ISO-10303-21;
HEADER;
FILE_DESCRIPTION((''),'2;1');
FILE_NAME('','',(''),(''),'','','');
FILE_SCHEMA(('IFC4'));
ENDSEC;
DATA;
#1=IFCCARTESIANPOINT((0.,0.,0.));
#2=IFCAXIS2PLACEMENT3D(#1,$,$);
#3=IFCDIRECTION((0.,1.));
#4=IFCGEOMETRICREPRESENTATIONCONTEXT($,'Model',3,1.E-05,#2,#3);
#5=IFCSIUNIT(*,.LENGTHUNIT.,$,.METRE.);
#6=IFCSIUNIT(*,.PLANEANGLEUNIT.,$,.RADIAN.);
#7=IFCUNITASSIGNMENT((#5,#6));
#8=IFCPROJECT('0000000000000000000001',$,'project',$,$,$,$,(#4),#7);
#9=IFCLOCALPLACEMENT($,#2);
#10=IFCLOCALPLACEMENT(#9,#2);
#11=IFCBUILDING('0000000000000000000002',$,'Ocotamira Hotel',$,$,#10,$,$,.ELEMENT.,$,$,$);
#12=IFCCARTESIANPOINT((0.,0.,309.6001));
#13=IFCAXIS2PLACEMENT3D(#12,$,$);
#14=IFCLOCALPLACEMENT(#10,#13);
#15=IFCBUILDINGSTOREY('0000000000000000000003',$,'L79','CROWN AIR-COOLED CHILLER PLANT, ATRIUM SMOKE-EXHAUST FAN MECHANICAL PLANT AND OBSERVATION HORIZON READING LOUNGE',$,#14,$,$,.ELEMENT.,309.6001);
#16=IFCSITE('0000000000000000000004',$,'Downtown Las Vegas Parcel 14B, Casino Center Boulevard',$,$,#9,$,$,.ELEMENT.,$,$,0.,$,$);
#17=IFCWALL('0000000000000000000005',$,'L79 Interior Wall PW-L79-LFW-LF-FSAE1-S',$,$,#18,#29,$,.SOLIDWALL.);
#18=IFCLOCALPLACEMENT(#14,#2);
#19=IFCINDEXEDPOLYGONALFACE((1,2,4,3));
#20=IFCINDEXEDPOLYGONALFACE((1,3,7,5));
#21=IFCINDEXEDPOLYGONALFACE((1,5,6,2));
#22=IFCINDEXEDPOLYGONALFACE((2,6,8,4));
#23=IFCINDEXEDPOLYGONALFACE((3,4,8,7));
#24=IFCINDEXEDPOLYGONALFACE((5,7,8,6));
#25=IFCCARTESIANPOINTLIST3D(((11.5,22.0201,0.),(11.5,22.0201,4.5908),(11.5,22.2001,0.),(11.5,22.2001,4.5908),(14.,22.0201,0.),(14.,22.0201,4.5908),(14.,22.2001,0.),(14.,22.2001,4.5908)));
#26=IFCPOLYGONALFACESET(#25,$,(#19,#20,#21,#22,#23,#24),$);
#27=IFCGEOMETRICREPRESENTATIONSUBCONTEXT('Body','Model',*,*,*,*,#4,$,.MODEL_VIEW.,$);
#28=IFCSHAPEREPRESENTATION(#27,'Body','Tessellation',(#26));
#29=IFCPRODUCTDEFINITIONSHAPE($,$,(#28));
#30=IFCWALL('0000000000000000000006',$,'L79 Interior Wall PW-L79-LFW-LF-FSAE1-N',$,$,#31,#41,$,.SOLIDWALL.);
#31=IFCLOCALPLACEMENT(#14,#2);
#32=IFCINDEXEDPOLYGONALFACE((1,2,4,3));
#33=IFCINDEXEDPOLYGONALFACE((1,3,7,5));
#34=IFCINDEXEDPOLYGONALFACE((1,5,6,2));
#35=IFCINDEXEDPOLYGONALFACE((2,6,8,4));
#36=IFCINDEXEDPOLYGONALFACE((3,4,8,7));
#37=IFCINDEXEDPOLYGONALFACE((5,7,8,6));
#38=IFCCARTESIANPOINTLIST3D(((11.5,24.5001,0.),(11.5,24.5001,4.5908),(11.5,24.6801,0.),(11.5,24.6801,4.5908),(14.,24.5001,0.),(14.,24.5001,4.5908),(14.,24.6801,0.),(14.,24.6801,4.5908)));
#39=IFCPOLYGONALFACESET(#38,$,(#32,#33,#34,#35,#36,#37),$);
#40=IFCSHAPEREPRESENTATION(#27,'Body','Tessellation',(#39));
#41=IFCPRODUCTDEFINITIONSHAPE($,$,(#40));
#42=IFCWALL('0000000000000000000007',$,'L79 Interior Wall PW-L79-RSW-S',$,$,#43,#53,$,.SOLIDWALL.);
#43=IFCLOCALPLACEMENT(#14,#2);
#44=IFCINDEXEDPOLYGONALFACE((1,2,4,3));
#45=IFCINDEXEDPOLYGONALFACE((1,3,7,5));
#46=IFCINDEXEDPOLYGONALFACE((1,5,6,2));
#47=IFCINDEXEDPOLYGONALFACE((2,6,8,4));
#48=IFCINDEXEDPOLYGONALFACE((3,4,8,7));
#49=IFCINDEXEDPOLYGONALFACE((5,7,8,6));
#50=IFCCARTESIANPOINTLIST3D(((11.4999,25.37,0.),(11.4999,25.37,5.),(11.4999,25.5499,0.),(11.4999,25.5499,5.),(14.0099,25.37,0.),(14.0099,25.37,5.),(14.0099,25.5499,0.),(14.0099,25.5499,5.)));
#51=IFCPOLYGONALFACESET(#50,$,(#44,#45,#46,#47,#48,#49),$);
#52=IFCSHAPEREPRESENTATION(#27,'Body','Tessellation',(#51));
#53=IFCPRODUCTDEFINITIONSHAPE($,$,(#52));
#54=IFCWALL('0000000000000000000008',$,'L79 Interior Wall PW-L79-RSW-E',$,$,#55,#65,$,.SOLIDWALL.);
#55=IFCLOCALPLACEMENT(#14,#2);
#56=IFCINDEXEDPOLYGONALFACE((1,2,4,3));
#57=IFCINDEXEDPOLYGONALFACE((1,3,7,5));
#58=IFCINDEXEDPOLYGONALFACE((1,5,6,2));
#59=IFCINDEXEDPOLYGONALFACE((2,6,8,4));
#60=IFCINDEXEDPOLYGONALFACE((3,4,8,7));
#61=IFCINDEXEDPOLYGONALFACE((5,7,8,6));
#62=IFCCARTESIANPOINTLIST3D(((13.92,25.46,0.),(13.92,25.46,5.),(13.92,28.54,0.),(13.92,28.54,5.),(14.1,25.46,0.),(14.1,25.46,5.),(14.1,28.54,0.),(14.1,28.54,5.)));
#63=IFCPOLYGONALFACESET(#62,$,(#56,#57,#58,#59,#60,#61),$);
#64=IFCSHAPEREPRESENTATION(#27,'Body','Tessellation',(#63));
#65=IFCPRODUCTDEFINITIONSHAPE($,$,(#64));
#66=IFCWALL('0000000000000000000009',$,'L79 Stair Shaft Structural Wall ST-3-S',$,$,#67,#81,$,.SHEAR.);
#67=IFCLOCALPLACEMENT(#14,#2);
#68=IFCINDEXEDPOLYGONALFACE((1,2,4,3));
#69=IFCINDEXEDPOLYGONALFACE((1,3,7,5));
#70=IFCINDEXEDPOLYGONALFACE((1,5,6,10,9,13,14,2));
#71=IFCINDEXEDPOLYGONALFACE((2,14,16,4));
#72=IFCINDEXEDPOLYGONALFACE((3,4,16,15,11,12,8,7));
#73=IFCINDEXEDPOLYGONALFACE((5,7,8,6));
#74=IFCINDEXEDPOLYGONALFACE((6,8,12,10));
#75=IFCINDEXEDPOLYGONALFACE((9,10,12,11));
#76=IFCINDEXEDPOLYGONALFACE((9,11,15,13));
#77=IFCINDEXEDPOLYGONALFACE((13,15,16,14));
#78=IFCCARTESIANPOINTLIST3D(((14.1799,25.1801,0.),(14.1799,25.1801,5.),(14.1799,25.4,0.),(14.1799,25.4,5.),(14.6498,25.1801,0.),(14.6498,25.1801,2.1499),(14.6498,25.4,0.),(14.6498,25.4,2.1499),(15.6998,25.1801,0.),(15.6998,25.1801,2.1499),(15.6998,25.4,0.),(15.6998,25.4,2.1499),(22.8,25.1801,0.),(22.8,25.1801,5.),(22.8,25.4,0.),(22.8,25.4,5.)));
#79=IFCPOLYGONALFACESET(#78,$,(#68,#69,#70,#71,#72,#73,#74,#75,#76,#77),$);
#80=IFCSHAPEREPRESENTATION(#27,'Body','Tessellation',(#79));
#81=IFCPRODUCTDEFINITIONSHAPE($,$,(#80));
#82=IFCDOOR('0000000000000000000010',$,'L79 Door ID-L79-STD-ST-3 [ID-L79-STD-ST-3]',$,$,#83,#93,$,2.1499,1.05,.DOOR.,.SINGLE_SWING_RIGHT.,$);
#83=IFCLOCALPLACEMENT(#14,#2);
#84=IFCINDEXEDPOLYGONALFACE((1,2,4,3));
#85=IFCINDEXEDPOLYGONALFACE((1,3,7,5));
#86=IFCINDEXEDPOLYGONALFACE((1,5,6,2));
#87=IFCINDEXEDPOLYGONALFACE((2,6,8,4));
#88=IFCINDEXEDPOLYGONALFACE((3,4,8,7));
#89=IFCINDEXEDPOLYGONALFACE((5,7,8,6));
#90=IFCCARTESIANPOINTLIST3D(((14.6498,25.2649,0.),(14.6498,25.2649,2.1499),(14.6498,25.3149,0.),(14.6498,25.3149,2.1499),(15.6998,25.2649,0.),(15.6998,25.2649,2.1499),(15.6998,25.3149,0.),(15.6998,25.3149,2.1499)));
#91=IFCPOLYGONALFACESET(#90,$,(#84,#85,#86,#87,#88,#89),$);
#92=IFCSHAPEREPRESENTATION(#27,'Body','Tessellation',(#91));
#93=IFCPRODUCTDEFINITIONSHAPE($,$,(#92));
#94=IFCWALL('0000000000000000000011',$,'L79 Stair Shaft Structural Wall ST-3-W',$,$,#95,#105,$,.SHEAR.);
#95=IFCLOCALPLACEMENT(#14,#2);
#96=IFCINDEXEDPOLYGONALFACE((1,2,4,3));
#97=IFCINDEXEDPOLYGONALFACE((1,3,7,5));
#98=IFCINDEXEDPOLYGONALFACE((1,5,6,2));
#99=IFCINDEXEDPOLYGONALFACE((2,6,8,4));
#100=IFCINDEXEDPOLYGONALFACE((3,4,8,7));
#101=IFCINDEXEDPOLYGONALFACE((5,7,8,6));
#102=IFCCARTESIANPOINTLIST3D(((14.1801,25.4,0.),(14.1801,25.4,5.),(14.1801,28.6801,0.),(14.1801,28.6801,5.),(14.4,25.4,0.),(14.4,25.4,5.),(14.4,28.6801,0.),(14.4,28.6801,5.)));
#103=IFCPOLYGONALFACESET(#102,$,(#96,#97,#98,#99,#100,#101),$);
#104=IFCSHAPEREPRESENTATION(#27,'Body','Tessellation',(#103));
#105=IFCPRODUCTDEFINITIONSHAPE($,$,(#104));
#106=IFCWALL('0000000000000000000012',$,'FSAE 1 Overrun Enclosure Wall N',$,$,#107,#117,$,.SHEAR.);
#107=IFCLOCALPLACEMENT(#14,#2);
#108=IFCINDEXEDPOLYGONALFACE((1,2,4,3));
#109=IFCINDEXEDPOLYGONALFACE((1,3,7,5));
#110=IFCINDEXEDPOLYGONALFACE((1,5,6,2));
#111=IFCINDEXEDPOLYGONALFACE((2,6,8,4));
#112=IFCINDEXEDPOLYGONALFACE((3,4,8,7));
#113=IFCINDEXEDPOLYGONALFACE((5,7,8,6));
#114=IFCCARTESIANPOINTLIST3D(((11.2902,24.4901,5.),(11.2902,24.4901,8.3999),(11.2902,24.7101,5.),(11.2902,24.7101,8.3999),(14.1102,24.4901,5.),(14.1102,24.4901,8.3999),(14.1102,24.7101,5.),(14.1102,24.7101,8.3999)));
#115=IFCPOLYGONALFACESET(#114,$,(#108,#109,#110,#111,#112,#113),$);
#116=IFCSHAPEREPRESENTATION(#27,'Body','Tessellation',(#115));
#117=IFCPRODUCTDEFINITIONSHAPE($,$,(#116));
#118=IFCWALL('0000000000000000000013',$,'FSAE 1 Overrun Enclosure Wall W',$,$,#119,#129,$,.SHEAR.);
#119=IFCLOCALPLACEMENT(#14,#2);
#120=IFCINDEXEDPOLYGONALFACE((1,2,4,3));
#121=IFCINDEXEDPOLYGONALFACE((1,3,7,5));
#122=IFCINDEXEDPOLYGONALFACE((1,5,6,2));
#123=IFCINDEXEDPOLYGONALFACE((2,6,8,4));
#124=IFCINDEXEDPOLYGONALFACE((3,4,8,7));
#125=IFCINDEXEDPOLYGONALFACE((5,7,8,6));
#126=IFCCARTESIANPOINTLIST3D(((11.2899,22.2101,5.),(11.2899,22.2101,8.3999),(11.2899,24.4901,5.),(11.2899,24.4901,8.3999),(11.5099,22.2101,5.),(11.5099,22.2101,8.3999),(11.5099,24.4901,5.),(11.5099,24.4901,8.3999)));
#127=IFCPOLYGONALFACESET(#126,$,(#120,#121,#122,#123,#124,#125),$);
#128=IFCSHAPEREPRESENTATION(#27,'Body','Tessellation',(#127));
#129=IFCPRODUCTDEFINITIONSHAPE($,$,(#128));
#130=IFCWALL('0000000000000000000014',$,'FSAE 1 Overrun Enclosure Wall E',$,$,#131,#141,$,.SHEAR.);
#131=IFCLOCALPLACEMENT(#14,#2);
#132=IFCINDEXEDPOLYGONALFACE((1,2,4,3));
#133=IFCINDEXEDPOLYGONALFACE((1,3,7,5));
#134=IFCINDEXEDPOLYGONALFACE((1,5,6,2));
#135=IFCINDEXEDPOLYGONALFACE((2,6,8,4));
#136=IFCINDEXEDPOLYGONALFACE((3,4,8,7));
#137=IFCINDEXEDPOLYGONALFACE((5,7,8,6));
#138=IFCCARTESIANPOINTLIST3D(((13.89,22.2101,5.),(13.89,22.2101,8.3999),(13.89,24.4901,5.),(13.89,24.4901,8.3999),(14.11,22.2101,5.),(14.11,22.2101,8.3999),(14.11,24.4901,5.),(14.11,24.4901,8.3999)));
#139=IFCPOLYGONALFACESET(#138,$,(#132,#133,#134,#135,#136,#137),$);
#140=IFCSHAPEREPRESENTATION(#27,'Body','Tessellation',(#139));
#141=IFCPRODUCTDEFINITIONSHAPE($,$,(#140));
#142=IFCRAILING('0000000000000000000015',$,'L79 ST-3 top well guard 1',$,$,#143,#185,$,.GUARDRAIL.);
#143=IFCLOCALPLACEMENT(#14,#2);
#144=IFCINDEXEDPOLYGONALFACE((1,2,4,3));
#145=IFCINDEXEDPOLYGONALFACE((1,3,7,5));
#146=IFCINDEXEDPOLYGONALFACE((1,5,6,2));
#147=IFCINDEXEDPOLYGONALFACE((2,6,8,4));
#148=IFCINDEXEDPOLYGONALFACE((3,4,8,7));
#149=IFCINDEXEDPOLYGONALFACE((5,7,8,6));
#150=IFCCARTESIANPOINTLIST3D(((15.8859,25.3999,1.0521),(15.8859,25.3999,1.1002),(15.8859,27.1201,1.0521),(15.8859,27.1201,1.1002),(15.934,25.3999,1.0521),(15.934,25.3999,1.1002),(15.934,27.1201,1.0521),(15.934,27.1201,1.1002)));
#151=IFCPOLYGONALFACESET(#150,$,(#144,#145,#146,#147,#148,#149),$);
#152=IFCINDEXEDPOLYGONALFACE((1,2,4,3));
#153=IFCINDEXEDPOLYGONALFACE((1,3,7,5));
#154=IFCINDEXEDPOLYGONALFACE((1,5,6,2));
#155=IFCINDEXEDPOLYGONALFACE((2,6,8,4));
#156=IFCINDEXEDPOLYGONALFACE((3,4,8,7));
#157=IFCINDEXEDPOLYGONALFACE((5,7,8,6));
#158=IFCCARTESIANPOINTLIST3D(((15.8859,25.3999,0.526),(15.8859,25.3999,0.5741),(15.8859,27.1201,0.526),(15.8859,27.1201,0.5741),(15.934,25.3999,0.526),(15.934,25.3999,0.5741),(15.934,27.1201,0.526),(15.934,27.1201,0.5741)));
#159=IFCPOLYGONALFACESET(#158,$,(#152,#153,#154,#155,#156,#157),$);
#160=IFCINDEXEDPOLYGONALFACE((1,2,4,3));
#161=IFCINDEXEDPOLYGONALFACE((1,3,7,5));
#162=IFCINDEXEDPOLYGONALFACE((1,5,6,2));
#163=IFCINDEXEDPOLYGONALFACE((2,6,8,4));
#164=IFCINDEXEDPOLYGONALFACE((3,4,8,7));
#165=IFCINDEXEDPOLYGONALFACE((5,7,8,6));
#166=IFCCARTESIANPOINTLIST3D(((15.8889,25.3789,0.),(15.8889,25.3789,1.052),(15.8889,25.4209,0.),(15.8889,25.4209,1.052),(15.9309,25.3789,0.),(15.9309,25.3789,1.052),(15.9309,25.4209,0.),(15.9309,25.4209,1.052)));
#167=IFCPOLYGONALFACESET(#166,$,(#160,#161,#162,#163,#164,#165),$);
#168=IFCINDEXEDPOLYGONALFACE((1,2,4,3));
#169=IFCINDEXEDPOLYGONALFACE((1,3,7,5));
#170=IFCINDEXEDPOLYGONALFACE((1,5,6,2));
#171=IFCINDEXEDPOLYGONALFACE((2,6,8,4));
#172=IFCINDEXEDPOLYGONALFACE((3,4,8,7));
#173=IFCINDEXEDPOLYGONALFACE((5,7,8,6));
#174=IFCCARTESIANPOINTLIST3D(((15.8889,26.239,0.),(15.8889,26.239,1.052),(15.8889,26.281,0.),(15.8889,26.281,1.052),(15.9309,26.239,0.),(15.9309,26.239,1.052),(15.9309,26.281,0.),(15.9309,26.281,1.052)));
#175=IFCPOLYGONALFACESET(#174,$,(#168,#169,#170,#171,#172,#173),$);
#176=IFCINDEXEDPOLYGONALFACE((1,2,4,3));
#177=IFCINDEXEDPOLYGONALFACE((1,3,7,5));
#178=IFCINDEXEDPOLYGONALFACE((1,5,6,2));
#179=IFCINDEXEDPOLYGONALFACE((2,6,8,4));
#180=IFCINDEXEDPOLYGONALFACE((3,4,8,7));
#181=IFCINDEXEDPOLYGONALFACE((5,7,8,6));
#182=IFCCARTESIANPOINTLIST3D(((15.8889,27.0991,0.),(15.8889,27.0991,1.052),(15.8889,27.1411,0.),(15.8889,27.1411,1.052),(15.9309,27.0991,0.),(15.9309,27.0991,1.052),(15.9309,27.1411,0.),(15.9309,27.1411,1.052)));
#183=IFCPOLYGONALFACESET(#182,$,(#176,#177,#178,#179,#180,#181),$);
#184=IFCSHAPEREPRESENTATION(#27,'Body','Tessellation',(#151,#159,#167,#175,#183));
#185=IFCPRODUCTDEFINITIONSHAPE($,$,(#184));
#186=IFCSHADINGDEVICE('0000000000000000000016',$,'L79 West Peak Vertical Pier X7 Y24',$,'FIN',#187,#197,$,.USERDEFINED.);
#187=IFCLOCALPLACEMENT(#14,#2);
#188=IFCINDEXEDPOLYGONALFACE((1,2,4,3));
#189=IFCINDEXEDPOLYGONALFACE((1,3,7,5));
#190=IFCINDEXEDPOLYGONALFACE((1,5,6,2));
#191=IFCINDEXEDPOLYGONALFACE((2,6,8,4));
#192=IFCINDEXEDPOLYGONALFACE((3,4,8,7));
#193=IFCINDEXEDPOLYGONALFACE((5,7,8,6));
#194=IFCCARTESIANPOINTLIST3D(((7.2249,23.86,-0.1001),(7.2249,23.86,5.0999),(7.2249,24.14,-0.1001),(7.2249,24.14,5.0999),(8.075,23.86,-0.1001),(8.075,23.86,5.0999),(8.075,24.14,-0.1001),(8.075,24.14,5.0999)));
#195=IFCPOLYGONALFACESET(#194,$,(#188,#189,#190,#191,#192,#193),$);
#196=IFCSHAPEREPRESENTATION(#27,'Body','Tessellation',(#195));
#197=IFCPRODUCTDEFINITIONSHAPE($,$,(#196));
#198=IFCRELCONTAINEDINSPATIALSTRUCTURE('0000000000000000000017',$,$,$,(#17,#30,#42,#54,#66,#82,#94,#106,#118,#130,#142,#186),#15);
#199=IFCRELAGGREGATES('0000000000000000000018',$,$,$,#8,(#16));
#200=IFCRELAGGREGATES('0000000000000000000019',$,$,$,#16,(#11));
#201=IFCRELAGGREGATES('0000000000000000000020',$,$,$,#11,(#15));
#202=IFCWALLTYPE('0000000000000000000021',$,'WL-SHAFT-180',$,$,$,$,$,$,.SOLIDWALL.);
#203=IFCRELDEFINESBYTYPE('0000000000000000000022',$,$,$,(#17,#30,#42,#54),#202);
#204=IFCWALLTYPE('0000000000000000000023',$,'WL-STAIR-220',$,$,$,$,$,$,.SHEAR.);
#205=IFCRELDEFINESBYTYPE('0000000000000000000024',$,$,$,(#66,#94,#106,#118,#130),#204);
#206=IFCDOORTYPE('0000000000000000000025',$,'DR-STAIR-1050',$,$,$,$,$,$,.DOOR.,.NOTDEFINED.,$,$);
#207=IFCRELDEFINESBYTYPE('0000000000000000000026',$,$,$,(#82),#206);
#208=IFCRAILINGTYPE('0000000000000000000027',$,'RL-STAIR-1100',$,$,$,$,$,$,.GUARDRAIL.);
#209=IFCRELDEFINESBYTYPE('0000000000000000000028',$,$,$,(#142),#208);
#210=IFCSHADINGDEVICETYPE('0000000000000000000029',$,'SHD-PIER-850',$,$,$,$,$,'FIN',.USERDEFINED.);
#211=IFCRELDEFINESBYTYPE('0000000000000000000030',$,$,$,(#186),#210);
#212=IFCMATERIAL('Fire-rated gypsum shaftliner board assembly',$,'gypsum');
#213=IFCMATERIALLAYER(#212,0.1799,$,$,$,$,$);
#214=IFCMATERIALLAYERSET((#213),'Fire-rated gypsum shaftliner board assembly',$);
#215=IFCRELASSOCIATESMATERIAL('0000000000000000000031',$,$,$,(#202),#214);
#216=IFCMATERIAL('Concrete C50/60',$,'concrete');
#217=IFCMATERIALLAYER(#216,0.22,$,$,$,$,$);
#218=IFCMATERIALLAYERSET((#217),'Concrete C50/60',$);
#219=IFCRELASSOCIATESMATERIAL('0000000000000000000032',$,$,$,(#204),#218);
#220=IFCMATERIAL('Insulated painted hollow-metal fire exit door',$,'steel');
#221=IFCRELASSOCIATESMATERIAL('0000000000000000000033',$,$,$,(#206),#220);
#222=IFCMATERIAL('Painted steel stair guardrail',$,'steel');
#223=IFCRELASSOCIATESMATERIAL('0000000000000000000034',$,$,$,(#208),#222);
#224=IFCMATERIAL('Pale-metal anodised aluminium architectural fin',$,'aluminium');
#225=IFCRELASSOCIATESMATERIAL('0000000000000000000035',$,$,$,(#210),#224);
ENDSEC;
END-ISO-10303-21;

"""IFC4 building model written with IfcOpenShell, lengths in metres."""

from ifc_helpers import new_model, si_unit, direction, frame, frame_2d, origin, origin_2d, place, context, subcontext, project, spatial, rectangle, extrude, source, transform, mapped, material, layer, layer_set, type_object, element, fill, save


model = new_model("IFC4")

# Units and contexts
model_context = context("Model", 3, precision=1e-05, world=origin(), true_north=direction((0.0, 1.0)))
body_context = subcontext(model_context, "Body", "Model", "MODEL_VIEW")
ifc_project = project(units=[si_unit("LENGTHUNIT", "METRE"), si_unit("PLANEANGLEUNIT", "RADIAN")], contexts=[model_context])

# Site, building, storey
site_placement = place(None, origin())
site = spatial("IfcSite", under=ifc_project, at=site_placement, Name="Downtown Las Vegas Parcel 14B, Casino Center Boulevard", CompositionType="ELEMENT", RefElevation=0.0)
building_placement = place(site_placement, origin())
building = spatial("IfcBuilding", under=site, at=building_placement, Name="Ocotamira Hotel", CompositionType="ELEMENT")
storey_placement = place(building_placement, frame((0.0, 0.0, 309.6001)))
storey = spatial("IfcBuildingStorey", under=building, at=storey_placement, Name="L79", Description="CROWN AIR-COOLED CHILLER PLANT, ATRIUM SMOKE-EXHAUST FAN MECHANICAL PLANT AND OBSERVATION HORIZON READING LOUNGE", CompositionType="ELEMENT", Elevation=309.6001)

# Walls
ifc_material_1 = material(Name="Fire-rated gypsum shaftliner board assembly", Category="gypsum")
ifc_layer_1 = layer(ifc_material_1, 0.1799)
ifc_layer_set_1 = layer_set([ifc_layer_1], Name="Fire-rated gypsum shaftliner board assembly")
wall_type_1 = type_object("IfcWallType", Name="WL-SHAFT-180", PredefinedType="SOLIDWALL", material=ifc_layer_set_1)
for number, where, z_axis, x_axis, name in (
    (1, (11.5, 22.1101, 0.0), (0.0, 0.0, 1.0), (1.0, 0.0, 0.0), "L79 Interior Wall PW-L79-LFW-LF-FSAE1-S"),
    (2, (11.5, 24.5901, 0.0), (0.0, 0.0, 1.0), (1.0, 0.0, 0.0), "L79 Interior Wall PW-L79-LFW-LF-FSAE1-N"),
):
    element("IfcWall", number, at=place(storey_placement, frame(where, z_axis=z_axis, x_axis=x_axis)), inside=storey, type_object=wall_type_1, Name=name, PredefinedType="SOLIDWALL", context=body_context, shape_type="SweptSolid", body=[
        extrude(rectangle(XDim=2.5, YDim=0.1799, at=frame_2d((1.25, 0.0))), origin(), (0.0, 0.0, 1.0), 4.5908),
    ])
wall_1_placement = place(storey_placement, frame((11.5, 25.46, 0.0), z_axis=(0.0, 0.0, 1.0), x_axis=(1.0, 0.0, 0.0)))
element("IfcWall", 3, at=wall_1_placement, inside=storey, type_object=wall_type_1, Name="L79 Interior Wall PW-L79-RSW-S", PredefinedType="SOLIDWALL", context=body_context, shape_type="SweptSolid", body=[
    extrude(rectangle(XDim=2.51, YDim=0.1799, at=frame_2d((1.2549, 0.0))), origin(), (0.0, 0.0, 1.0), 5.0),
])
wall_2_placement = place(storey_placement, frame((14.01, 25.46, 0.0), z_axis=(0.0, 0.0, 1.0), x_axis=(0.0, 1.0, 0.0)))
element("IfcWall", 4, at=wall_2_placement, inside=storey, type_object=wall_type_1, Name="L79 Interior Wall PW-L79-RSW-E", PredefinedType="SOLIDWALL", context=body_context, shape_type="SweptSolid", body=[
    extrude(rectangle(XDim=3.0801, YDim=0.1799, at=frame_2d((1.54, 0.0))), origin(), (0.0, 0.0, 1.0), 5.0),
])

# Wall, opening, door
ifc_material_2 = material(Name="Concrete C50/60", Category="concrete")
ifc_layer_2 = layer(ifc_material_2, 0.22)
ifc_layer_set_2 = layer_set([ifc_layer_2], Name="Concrete C50/60")
wall_type_2 = type_object("IfcWallType", Name="WL-STAIR-220", PredefinedType="SHEAR", material=ifc_layer_set_2)
wall_3_placement = place(storey_placement, frame((14.1799, 25.29, 0.0), z_axis=(0.0, 0.0, 1.0), x_axis=(1.0, 0.0, 0.0)))
wall_3 = element("IfcWall", 5, at=wall_3_placement, inside=storey, type_object=wall_type_2, Name="L79 Stair Shaft Structural Wall ST-3-S", PredefinedType="SHEAR", context=body_context, shape_type="SweptSolid", body=[
    extrude(rectangle(XDim=8.6201, YDim=0.22, at=frame_2d((4.3101, 0.0))), origin(), (0.0, 0.0, 1.0), 5.0),
])
opening_placement = place(wall_3_placement, frame((0.47, 0.0, 0.0)))
opening = element("IfcOpeningElement", 6, at=opening_placement, cuts=wall_3, PredefinedType="OPENING", context=body_context, shape_type="SweptSolid", body=[
    extrude(rectangle(XDim=1.05, YDim=2.1499, at=frame_2d((0.5249, 1.075))), frame((0.0, 0.1201, 0.0), z_axis=(0.0, -1.0, 0.0), x_axis=(1.0, 0.0, 0.0)), (0.0, 0.0, 1.0), 0.24),
])
ifc_material_3 = material(Name="Insulated painted hollow-metal fire exit door", Category="steel")
door_type = type_object("IfcDoorType", Name="DR-STAIR-1050", OperationType="NOTDEFINED", PredefinedType="DOOR", material=ifc_material_3)
shared_shape_1 = source(origin(), body_context, "Body", "SweptSolid", [
    extrude(rectangle(XDim=1.05, YDim=2.1499, at=frame_2d((0.5249, 1.075))), frame((0.0, 0.0249, 0.0), z_axis=(0.0, -1.0, 0.0), x_axis=(1.0, 0.0, 0.0)), (0.0, 0.0, 1.0), 0.05),
])
door_placement = place(opening_placement, origin())
door = element("IfcDoor", 7, at=door_placement, inside=storey, type_object=door_type, Name="L79 Door ID-L79-STD-ST-3 [ID-L79-STD-ST-3]", OperationType="SINGLE_SWING_RIGHT", OverallHeight=2.1499, OverallWidth=1.05, PredefinedType="DOOR", context=body_context, shape_type="MappedRepresentation", body=[
    mapped(shared_shape_1, transform((0.0, 0.0, 0.0), scale=1.0)),
])
fill(opening, door)

# Walls
wall_4_placement = place(storey_placement, frame((14.29, 25.3999, 0.0), z_axis=(0.0, 0.0, 1.0), x_axis=(0.0, 1.0, 0.0)))
element("IfcWall", 8, at=wall_4_placement, inside=storey, type_object=wall_type_2, Name="L79 Stair Shaft Structural Wall ST-3-W", PredefinedType="SHEAR", context=body_context, shape_type="SweptSolid", body=[
    extrude(rectangle(XDim=3.28, YDim=0.22, at=frame_2d((1.6401, 0.0))), origin(), (0.0, 0.0, 1.0), 5.0),
])
wall_5_placement = place(storey_placement, frame((11.29, 24.6001, 5.0), z_axis=(0.0, 0.0, 1.0), x_axis=(1.0, 0.0, 0.0)))
element("IfcWall", 9, at=wall_5_placement, inside=storey, type_object=wall_type_2, Name="FSAE 1 Overrun Enclosure Wall N", PredefinedType="SHEAR", context=body_context, shape_type="SweptSolid", body=[
    extrude(rectangle(XDim=2.8201, YDim=0.22, at=frame_2d((1.4102, 0.0))), origin(), (0.0, 0.0, 1.0), 3.3999),
])
for number, where, z_axis, x_axis, name in (
    (10, (11.3999, 22.21, 5.0), (0.0, 0.0, 1.0), (0.0, 1.0, 0.0), "FSAE 1 Overrun Enclosure Wall W"),
    (11, (14.0, 22.21, 5.0), (0.0, 0.0, 1.0), (0.0, 1.0, 0.0), "FSAE 1 Overrun Enclosure Wall E"),
):
    element("IfcWall", number, at=place(storey_placement, frame(where, z_axis=z_axis, x_axis=x_axis)), inside=storey, type_object=wall_type_2, Name=name, PredefinedType="SHEAR", context=body_context, shape_type="SweptSolid", body=[
        extrude(rectangle(XDim=2.28, YDim=0.22, at=frame_2d((1.1401, 0.0))), origin(), (0.0, 0.0, 1.0), 3.3999),
    ])

# Railing
ifc_material_4 = material(Name="Painted steel stair guardrail", Category="steel")
railing_type = type_object("IfcRailingType", Name="RL-STAIR-1100", PredefinedType="GUARDRAIL", material=ifc_material_4)
railing_placement = place(storey_placement, frame((15.9099, 25.3999, 0.0)))
element("IfcRailing", 12, at=railing_placement, inside=storey, type_object=railing_type, Name="L79 ST-3 top well guard 1", PredefinedType="GUARDRAIL", context=body_context, shape_type="SweptSolid", body=[
    extrude(rectangle(XDim=0.0481, YDim=0.0481, at=origin_2d()), frame((0.0, 0.0, 1.0762), z_axis=(0.0, 1.0, 0.0), x_axis=(-1.0, 0.0, 0.0)), (0.0, 0.0, 1.0), 1.7202),
    extrude(rectangle(XDim=0.0481, YDim=0.0481, at=origin_2d()), frame((0.0, 0.0, 0.55), z_axis=(0.0, 1.0, 0.0), x_axis=(-1.0, 0.0, 0.0)), (0.0, 0.0, 1.0), 1.7202),
    extrude(rectangle(XDim=0.042, YDim=0.042, at=origin_2d()), origin(), (0.0, 0.0, 1.0), 1.052),
    extrude(rectangle(XDim=0.042, YDim=0.042, at=origin_2d()), frame((0.0, 0.8601, 0.0)), (0.0, 0.0, 1.0), 1.052),
    extrude(rectangle(XDim=0.042, YDim=0.042, at=origin_2d()), frame((0.0, 1.7202, 0.0)), (0.0, 0.0, 1.0), 1.052),
])

# Shading device
ifc_material_5 = material(Name="Pale-metal anodised aluminium architectural fin", Category="aluminium")
shading_device_type = type_object("IfcShadingDeviceType", Name="SHD-PIER-850", ElementType="FIN", PredefinedType="USERDEFINED", material=ifc_material_5)
shared_shape_2 = source(origin(), body_context, "Body", "SweptSolid", [
    extrude(rectangle(XDim=0.8501, YDim=0.28, at=origin_2d()), origin(), (0.0, 0.0, 1.0), 5.2),
])
shading_device_placement = place(storey_placement, frame((7.6499, 24.0, -0.1001), z_axis=(0.0, 0.0, 1.0), x_axis=(1.0, 0.0, 0.0)))
element("IfcShadingDevice", 13, at=shading_device_placement, inside=storey, type_object=shading_device_type, Name="L79 West Peak Vertical Pier X7 Y24", ObjectType="FIN", PredefinedType="USERDEFINED", context=body_context, shape_type="MappedRepresentation", body=[
    mapped(shared_shape_2, transform((0.0, 0.0, 0.0), scale=1.0)),
])

save(model, "model.ifc")
